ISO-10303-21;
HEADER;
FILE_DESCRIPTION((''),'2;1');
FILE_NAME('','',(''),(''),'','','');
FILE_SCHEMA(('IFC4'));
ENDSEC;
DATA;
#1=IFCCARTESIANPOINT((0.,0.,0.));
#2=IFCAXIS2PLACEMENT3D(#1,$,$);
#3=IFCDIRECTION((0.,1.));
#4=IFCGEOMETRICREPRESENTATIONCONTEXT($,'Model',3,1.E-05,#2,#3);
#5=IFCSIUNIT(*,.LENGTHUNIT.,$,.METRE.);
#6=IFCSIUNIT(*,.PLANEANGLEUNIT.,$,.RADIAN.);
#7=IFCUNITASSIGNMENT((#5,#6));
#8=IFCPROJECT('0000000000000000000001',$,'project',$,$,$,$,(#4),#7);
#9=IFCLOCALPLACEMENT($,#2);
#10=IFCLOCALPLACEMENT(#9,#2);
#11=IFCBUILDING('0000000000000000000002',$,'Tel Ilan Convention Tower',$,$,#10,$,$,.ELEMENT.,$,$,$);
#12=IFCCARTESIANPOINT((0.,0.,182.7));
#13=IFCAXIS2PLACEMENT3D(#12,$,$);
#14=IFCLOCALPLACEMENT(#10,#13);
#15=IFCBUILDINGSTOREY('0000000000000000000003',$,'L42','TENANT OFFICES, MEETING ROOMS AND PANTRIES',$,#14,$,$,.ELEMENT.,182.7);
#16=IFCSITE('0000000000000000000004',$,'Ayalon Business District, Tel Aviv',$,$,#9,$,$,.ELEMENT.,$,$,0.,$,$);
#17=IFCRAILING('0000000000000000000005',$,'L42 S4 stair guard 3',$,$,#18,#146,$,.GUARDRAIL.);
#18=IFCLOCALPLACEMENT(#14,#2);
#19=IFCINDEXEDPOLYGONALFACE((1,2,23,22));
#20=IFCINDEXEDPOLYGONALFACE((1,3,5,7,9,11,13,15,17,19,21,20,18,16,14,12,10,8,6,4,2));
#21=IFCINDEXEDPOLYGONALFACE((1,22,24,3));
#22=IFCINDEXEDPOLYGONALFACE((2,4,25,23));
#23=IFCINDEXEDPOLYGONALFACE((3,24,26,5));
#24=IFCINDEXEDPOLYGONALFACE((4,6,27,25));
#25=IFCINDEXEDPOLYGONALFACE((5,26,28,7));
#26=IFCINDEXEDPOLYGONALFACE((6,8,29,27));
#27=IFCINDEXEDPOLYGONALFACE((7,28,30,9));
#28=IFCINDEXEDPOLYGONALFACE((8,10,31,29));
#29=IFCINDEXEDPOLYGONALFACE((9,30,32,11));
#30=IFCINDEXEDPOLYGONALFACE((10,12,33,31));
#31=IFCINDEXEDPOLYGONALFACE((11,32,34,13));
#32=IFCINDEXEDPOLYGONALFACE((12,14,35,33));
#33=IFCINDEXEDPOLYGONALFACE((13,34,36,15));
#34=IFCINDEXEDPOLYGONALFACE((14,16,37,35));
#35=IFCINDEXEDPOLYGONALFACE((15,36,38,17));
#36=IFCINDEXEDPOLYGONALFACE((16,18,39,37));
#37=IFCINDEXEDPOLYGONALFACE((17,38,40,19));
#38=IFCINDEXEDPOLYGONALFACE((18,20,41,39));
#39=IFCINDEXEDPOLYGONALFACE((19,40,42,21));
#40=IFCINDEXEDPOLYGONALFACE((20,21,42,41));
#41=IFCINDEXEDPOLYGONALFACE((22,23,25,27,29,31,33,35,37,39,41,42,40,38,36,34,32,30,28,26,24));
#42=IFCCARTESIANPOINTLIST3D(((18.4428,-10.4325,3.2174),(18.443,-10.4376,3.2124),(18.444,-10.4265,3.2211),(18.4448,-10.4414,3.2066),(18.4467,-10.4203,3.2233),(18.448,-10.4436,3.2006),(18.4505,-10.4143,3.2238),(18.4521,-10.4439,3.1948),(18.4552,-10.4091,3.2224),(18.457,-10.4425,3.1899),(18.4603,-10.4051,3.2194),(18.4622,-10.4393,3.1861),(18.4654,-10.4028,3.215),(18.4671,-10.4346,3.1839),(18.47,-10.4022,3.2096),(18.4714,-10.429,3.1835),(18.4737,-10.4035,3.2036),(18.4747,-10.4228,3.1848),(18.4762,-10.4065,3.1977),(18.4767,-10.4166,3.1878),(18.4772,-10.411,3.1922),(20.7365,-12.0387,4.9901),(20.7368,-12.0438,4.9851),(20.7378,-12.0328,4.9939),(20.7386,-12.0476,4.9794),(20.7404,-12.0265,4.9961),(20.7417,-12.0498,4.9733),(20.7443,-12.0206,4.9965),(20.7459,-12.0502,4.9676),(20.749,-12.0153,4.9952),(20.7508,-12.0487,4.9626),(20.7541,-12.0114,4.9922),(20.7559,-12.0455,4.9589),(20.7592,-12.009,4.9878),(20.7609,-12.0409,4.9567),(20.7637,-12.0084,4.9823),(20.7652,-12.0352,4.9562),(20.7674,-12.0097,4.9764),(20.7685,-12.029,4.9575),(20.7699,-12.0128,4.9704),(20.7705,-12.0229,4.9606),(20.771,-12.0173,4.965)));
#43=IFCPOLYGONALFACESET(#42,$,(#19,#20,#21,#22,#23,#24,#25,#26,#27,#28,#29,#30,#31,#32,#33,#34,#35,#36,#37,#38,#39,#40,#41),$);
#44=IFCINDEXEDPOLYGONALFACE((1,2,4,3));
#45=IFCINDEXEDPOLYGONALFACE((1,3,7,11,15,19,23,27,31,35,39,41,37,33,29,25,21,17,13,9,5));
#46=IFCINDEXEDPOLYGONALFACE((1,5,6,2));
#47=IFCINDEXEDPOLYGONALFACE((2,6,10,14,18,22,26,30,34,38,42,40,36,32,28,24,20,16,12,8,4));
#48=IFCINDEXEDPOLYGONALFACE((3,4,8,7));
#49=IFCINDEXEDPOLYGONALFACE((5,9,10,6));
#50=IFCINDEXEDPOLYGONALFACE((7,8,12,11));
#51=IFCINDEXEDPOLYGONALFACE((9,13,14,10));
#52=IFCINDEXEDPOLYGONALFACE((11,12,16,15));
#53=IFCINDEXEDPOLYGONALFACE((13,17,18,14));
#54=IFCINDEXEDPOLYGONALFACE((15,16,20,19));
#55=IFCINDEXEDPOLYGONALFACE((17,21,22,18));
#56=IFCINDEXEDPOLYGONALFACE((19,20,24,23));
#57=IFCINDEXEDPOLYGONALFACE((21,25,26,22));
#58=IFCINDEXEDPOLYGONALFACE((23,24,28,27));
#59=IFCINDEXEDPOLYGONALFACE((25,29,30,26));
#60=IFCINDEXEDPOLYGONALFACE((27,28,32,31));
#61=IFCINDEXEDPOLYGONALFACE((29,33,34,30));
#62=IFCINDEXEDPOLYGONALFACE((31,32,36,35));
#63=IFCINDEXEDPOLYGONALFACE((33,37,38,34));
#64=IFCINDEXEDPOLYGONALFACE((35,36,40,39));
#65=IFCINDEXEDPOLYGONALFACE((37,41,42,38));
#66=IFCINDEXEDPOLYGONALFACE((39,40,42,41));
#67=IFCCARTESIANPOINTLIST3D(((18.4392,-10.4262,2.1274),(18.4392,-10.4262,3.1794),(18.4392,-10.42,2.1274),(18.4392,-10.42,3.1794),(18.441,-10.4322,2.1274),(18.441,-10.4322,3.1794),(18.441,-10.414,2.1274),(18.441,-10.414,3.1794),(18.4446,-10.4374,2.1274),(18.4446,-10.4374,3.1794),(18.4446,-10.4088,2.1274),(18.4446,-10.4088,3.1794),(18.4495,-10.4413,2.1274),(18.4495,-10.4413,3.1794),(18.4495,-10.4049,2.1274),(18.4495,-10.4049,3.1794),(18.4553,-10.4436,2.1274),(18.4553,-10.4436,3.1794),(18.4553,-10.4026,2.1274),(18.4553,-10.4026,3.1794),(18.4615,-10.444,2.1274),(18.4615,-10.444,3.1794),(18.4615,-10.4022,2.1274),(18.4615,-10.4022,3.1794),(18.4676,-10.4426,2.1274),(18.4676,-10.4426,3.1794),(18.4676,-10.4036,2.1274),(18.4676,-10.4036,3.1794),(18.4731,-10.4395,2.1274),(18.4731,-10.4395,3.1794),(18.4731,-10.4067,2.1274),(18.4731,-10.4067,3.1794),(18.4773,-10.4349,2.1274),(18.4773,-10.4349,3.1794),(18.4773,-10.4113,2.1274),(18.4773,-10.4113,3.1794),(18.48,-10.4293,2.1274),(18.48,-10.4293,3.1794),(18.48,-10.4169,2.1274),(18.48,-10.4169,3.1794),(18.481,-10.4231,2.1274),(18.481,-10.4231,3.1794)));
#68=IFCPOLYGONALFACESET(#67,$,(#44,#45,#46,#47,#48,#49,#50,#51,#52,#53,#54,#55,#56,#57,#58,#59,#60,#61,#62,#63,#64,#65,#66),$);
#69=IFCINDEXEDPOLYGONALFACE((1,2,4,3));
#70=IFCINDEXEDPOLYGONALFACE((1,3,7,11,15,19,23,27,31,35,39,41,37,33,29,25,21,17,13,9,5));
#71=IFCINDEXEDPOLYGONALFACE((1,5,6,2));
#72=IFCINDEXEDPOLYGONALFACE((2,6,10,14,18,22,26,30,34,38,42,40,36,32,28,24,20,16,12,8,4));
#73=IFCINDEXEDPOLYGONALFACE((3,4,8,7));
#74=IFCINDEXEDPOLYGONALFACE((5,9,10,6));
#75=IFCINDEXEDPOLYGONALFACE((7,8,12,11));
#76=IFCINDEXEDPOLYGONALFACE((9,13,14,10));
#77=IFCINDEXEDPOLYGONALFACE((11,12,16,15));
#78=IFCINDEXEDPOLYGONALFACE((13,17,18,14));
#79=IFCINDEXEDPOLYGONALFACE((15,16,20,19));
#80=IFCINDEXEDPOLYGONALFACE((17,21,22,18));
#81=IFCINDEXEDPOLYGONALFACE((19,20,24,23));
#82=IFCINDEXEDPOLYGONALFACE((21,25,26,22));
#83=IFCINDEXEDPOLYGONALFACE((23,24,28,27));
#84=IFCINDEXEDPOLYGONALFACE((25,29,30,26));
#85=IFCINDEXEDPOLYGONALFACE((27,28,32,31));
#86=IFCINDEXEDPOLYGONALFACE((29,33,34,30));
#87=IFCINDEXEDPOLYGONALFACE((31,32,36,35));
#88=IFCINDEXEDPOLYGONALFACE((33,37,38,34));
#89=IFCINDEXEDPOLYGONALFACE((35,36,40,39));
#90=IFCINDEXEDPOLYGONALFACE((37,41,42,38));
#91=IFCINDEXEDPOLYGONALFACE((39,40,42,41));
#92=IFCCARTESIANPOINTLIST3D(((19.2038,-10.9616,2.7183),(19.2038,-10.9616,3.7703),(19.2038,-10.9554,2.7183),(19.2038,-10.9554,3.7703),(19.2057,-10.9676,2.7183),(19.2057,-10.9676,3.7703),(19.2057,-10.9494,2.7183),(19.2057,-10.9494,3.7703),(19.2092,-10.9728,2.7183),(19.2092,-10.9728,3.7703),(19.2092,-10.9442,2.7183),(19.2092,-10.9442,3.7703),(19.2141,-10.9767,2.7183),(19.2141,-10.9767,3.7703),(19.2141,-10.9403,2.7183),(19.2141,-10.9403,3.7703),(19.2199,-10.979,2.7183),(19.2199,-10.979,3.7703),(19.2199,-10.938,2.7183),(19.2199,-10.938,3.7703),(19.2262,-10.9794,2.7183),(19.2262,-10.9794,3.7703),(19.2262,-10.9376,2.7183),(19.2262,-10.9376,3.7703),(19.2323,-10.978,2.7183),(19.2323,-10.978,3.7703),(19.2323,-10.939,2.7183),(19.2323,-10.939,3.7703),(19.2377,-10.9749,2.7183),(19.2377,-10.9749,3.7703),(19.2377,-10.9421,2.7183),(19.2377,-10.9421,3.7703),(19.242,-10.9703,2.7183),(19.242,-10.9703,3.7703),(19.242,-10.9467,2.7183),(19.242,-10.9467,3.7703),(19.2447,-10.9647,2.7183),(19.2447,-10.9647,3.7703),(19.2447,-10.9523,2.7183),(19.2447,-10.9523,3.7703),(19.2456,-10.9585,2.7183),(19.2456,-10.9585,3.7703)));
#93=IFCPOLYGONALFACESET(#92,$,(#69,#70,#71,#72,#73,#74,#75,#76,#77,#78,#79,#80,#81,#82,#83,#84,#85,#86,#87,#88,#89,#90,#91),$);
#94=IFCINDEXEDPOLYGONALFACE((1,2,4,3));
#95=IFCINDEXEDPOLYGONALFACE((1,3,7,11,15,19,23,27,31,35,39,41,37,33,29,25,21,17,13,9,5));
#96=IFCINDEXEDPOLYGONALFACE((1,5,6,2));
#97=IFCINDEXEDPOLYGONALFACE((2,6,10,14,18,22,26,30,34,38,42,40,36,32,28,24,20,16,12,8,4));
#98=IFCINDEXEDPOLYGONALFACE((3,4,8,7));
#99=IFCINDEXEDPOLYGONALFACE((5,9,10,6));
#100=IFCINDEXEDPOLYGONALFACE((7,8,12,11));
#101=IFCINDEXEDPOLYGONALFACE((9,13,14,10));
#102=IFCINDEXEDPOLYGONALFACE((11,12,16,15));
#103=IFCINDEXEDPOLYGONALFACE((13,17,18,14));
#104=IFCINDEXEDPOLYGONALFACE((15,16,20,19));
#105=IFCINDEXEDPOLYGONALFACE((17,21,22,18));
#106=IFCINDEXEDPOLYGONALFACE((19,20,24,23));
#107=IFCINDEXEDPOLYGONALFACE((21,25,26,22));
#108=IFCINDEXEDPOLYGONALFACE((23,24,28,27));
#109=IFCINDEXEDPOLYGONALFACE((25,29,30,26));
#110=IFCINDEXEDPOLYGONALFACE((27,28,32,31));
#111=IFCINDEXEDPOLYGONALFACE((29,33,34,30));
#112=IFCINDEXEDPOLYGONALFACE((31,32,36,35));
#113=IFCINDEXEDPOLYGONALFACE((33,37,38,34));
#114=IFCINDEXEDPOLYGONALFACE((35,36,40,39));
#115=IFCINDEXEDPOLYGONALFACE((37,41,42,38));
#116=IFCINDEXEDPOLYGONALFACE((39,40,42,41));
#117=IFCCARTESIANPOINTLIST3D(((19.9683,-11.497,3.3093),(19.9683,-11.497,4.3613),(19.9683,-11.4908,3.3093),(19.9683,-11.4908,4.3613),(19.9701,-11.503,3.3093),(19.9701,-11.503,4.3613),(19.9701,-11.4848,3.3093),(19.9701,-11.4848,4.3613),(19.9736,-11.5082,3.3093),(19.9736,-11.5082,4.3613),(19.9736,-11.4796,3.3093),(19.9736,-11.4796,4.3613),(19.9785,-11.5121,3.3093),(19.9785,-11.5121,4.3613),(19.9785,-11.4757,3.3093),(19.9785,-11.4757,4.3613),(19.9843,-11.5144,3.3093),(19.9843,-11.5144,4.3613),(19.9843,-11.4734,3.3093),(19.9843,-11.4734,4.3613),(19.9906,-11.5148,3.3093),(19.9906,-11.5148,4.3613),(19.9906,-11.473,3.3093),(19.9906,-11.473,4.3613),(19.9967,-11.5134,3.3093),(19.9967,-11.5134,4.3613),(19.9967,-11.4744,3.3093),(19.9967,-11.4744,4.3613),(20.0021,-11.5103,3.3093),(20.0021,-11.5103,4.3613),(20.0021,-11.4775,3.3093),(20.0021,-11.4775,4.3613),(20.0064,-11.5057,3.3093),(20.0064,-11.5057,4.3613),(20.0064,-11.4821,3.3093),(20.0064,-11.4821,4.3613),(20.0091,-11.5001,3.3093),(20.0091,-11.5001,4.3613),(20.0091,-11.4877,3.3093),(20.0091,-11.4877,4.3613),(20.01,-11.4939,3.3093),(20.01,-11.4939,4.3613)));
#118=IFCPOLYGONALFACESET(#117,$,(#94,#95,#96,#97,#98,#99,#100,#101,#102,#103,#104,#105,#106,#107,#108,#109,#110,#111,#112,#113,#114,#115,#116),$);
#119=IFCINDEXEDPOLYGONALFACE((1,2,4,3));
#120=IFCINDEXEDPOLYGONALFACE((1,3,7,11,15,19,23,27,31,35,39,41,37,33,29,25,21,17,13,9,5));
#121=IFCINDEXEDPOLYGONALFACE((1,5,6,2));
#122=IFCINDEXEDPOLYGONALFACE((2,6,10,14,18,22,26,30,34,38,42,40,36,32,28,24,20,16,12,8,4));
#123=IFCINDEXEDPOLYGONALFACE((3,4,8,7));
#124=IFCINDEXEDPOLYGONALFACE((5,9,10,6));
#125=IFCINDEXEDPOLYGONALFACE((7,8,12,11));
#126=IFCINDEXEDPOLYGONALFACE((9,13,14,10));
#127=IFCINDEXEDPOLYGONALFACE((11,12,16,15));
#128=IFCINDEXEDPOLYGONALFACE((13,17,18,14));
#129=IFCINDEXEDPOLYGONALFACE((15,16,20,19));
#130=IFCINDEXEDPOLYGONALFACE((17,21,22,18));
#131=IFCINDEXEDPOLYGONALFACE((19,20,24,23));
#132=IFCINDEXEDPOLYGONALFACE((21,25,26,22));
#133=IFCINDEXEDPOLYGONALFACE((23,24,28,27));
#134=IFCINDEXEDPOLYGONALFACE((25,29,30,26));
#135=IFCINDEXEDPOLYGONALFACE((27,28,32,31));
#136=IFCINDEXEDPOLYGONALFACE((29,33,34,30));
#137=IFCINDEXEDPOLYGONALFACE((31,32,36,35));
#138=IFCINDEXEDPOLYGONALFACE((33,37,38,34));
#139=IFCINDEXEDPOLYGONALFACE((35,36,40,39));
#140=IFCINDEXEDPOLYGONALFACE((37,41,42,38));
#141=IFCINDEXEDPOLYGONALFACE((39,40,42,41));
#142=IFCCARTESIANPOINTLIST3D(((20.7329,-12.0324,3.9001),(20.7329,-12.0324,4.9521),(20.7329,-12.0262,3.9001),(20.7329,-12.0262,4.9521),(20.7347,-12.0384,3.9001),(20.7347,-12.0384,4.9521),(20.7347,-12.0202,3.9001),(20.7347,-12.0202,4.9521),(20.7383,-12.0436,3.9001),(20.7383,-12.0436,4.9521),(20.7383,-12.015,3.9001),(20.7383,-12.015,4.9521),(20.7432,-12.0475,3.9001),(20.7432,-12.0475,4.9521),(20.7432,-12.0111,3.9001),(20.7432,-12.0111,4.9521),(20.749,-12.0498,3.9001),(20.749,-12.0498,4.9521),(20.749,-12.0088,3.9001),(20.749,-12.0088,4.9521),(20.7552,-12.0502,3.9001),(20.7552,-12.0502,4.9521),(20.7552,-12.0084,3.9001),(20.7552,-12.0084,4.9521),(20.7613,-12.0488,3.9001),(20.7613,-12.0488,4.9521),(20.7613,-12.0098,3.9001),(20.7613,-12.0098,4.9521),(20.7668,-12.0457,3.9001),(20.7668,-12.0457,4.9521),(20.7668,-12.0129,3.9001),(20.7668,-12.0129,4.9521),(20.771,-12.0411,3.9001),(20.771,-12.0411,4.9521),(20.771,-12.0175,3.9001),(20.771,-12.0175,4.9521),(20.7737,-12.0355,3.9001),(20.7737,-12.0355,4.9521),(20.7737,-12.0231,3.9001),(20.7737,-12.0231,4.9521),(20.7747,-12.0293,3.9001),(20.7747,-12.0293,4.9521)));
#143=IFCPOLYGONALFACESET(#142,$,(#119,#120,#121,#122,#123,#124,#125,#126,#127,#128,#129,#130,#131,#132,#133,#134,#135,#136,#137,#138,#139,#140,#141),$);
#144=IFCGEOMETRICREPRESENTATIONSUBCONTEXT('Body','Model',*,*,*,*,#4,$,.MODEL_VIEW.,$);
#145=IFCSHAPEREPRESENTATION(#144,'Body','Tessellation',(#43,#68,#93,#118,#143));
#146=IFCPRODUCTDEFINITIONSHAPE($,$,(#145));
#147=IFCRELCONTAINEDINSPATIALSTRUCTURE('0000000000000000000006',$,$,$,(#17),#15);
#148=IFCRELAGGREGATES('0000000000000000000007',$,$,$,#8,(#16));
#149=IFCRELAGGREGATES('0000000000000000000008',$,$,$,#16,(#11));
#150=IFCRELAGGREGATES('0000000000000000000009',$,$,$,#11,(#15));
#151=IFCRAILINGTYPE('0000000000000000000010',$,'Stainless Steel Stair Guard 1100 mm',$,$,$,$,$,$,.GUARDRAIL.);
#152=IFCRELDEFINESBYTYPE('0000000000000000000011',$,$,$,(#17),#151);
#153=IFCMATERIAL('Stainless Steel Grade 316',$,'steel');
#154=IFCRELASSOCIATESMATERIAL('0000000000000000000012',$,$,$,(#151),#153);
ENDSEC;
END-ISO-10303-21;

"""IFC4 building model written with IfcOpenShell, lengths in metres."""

from ifc_helpers import new_model, si_unit, direction, frame, origin, origin_2d, place, context, subcontext, project, spatial, circle, extrude, material, type_object, element, save


model = new_model("IFC4")

# Units and contexts
model_context = context("Model", 3, precision=1e-05, world=origin(), true_north=direction((0.0, 1.0)))
body_context = subcontext(model_context, "Body", "Model", "MODEL_VIEW")
ifc_project = project(units=[si_unit("LENGTHUNIT", "METRE"), si_unit("PLANEANGLEUNIT", "RADIAN")], contexts=[model_context])

# Site, building, storey
site_placement = place(None, origin())
site = spatial("IfcSite", under=ifc_project, at=site_placement, Name="Ayalon Business District, Tel Aviv", CompositionType="ELEMENT", RefElevation=0.0)
building_placement = place(site_placement, origin())
building = spatial("IfcBuilding", under=site, at=building_placement, Name="Tel Ilan Convention Tower", CompositionType="ELEMENT")
storey_placement = place(building_placement, frame((0.0, 0.0, 182.7)))
storey = spatial("IfcBuildingStorey", under=building, at=storey_placement, Name="L42", Description="TENANT OFFICES, MEETING ROOMS AND PANTRIES", CompositionType="ELEMENT", Elevation=182.7)

# Railing
ifc_material_1 = material(Name="Stainless Steel Grade 316", Category="steel")
railing_type_1 = type_object("IfcRailingType", Name="Stainless Steel Stair Guard 1100 mm", PredefinedType="GUARDRAIL", material=ifc_material_1)
railing_1_placement = place(storey_placement, frame((18.46, -10.4231, 2.1274)))
element("IfcRailing", 1, at=railing_1_placement, inside=storey, type_object=railing_type_1, Name="L42 S4 stair guard 3", PredefinedType="GUARDRAIL", context=body_context, shape_type="SweptSolid", body=[
    extrude(circle(Radius=0.0239, at=origin_2d()), frame((0.0, 0.0, 1.0762), z_axis=(0.692098, -0.484653, 0.534894), x_axis=(0.573609, 0.81913, 0.0)), (0.0, 0.0, 1.0), 3.3142),
    extrude(circle(Radius=0.021, at=origin_2d()), origin(), (0.0, 0.0, 1.0), 1.052),
    extrude(circle(Radius=0.021, at=origin_2d()), frame((0.7646, -0.5354, 0.5908)), (0.0, 0.0, 1.0), 1.052),
    extrude(circle(Radius=0.021, at=origin_2d()), frame((1.5291, -1.0708, 1.1819)), (0.0, 0.0, 1.0), 1.052),
    extrude(circle(Radius=0.021, at=origin_2d()), frame((2.2937, -1.6062, 1.7727)), (0.0, 0.0, 1.0), 1.052),
])

save(model, "model.ifc")
